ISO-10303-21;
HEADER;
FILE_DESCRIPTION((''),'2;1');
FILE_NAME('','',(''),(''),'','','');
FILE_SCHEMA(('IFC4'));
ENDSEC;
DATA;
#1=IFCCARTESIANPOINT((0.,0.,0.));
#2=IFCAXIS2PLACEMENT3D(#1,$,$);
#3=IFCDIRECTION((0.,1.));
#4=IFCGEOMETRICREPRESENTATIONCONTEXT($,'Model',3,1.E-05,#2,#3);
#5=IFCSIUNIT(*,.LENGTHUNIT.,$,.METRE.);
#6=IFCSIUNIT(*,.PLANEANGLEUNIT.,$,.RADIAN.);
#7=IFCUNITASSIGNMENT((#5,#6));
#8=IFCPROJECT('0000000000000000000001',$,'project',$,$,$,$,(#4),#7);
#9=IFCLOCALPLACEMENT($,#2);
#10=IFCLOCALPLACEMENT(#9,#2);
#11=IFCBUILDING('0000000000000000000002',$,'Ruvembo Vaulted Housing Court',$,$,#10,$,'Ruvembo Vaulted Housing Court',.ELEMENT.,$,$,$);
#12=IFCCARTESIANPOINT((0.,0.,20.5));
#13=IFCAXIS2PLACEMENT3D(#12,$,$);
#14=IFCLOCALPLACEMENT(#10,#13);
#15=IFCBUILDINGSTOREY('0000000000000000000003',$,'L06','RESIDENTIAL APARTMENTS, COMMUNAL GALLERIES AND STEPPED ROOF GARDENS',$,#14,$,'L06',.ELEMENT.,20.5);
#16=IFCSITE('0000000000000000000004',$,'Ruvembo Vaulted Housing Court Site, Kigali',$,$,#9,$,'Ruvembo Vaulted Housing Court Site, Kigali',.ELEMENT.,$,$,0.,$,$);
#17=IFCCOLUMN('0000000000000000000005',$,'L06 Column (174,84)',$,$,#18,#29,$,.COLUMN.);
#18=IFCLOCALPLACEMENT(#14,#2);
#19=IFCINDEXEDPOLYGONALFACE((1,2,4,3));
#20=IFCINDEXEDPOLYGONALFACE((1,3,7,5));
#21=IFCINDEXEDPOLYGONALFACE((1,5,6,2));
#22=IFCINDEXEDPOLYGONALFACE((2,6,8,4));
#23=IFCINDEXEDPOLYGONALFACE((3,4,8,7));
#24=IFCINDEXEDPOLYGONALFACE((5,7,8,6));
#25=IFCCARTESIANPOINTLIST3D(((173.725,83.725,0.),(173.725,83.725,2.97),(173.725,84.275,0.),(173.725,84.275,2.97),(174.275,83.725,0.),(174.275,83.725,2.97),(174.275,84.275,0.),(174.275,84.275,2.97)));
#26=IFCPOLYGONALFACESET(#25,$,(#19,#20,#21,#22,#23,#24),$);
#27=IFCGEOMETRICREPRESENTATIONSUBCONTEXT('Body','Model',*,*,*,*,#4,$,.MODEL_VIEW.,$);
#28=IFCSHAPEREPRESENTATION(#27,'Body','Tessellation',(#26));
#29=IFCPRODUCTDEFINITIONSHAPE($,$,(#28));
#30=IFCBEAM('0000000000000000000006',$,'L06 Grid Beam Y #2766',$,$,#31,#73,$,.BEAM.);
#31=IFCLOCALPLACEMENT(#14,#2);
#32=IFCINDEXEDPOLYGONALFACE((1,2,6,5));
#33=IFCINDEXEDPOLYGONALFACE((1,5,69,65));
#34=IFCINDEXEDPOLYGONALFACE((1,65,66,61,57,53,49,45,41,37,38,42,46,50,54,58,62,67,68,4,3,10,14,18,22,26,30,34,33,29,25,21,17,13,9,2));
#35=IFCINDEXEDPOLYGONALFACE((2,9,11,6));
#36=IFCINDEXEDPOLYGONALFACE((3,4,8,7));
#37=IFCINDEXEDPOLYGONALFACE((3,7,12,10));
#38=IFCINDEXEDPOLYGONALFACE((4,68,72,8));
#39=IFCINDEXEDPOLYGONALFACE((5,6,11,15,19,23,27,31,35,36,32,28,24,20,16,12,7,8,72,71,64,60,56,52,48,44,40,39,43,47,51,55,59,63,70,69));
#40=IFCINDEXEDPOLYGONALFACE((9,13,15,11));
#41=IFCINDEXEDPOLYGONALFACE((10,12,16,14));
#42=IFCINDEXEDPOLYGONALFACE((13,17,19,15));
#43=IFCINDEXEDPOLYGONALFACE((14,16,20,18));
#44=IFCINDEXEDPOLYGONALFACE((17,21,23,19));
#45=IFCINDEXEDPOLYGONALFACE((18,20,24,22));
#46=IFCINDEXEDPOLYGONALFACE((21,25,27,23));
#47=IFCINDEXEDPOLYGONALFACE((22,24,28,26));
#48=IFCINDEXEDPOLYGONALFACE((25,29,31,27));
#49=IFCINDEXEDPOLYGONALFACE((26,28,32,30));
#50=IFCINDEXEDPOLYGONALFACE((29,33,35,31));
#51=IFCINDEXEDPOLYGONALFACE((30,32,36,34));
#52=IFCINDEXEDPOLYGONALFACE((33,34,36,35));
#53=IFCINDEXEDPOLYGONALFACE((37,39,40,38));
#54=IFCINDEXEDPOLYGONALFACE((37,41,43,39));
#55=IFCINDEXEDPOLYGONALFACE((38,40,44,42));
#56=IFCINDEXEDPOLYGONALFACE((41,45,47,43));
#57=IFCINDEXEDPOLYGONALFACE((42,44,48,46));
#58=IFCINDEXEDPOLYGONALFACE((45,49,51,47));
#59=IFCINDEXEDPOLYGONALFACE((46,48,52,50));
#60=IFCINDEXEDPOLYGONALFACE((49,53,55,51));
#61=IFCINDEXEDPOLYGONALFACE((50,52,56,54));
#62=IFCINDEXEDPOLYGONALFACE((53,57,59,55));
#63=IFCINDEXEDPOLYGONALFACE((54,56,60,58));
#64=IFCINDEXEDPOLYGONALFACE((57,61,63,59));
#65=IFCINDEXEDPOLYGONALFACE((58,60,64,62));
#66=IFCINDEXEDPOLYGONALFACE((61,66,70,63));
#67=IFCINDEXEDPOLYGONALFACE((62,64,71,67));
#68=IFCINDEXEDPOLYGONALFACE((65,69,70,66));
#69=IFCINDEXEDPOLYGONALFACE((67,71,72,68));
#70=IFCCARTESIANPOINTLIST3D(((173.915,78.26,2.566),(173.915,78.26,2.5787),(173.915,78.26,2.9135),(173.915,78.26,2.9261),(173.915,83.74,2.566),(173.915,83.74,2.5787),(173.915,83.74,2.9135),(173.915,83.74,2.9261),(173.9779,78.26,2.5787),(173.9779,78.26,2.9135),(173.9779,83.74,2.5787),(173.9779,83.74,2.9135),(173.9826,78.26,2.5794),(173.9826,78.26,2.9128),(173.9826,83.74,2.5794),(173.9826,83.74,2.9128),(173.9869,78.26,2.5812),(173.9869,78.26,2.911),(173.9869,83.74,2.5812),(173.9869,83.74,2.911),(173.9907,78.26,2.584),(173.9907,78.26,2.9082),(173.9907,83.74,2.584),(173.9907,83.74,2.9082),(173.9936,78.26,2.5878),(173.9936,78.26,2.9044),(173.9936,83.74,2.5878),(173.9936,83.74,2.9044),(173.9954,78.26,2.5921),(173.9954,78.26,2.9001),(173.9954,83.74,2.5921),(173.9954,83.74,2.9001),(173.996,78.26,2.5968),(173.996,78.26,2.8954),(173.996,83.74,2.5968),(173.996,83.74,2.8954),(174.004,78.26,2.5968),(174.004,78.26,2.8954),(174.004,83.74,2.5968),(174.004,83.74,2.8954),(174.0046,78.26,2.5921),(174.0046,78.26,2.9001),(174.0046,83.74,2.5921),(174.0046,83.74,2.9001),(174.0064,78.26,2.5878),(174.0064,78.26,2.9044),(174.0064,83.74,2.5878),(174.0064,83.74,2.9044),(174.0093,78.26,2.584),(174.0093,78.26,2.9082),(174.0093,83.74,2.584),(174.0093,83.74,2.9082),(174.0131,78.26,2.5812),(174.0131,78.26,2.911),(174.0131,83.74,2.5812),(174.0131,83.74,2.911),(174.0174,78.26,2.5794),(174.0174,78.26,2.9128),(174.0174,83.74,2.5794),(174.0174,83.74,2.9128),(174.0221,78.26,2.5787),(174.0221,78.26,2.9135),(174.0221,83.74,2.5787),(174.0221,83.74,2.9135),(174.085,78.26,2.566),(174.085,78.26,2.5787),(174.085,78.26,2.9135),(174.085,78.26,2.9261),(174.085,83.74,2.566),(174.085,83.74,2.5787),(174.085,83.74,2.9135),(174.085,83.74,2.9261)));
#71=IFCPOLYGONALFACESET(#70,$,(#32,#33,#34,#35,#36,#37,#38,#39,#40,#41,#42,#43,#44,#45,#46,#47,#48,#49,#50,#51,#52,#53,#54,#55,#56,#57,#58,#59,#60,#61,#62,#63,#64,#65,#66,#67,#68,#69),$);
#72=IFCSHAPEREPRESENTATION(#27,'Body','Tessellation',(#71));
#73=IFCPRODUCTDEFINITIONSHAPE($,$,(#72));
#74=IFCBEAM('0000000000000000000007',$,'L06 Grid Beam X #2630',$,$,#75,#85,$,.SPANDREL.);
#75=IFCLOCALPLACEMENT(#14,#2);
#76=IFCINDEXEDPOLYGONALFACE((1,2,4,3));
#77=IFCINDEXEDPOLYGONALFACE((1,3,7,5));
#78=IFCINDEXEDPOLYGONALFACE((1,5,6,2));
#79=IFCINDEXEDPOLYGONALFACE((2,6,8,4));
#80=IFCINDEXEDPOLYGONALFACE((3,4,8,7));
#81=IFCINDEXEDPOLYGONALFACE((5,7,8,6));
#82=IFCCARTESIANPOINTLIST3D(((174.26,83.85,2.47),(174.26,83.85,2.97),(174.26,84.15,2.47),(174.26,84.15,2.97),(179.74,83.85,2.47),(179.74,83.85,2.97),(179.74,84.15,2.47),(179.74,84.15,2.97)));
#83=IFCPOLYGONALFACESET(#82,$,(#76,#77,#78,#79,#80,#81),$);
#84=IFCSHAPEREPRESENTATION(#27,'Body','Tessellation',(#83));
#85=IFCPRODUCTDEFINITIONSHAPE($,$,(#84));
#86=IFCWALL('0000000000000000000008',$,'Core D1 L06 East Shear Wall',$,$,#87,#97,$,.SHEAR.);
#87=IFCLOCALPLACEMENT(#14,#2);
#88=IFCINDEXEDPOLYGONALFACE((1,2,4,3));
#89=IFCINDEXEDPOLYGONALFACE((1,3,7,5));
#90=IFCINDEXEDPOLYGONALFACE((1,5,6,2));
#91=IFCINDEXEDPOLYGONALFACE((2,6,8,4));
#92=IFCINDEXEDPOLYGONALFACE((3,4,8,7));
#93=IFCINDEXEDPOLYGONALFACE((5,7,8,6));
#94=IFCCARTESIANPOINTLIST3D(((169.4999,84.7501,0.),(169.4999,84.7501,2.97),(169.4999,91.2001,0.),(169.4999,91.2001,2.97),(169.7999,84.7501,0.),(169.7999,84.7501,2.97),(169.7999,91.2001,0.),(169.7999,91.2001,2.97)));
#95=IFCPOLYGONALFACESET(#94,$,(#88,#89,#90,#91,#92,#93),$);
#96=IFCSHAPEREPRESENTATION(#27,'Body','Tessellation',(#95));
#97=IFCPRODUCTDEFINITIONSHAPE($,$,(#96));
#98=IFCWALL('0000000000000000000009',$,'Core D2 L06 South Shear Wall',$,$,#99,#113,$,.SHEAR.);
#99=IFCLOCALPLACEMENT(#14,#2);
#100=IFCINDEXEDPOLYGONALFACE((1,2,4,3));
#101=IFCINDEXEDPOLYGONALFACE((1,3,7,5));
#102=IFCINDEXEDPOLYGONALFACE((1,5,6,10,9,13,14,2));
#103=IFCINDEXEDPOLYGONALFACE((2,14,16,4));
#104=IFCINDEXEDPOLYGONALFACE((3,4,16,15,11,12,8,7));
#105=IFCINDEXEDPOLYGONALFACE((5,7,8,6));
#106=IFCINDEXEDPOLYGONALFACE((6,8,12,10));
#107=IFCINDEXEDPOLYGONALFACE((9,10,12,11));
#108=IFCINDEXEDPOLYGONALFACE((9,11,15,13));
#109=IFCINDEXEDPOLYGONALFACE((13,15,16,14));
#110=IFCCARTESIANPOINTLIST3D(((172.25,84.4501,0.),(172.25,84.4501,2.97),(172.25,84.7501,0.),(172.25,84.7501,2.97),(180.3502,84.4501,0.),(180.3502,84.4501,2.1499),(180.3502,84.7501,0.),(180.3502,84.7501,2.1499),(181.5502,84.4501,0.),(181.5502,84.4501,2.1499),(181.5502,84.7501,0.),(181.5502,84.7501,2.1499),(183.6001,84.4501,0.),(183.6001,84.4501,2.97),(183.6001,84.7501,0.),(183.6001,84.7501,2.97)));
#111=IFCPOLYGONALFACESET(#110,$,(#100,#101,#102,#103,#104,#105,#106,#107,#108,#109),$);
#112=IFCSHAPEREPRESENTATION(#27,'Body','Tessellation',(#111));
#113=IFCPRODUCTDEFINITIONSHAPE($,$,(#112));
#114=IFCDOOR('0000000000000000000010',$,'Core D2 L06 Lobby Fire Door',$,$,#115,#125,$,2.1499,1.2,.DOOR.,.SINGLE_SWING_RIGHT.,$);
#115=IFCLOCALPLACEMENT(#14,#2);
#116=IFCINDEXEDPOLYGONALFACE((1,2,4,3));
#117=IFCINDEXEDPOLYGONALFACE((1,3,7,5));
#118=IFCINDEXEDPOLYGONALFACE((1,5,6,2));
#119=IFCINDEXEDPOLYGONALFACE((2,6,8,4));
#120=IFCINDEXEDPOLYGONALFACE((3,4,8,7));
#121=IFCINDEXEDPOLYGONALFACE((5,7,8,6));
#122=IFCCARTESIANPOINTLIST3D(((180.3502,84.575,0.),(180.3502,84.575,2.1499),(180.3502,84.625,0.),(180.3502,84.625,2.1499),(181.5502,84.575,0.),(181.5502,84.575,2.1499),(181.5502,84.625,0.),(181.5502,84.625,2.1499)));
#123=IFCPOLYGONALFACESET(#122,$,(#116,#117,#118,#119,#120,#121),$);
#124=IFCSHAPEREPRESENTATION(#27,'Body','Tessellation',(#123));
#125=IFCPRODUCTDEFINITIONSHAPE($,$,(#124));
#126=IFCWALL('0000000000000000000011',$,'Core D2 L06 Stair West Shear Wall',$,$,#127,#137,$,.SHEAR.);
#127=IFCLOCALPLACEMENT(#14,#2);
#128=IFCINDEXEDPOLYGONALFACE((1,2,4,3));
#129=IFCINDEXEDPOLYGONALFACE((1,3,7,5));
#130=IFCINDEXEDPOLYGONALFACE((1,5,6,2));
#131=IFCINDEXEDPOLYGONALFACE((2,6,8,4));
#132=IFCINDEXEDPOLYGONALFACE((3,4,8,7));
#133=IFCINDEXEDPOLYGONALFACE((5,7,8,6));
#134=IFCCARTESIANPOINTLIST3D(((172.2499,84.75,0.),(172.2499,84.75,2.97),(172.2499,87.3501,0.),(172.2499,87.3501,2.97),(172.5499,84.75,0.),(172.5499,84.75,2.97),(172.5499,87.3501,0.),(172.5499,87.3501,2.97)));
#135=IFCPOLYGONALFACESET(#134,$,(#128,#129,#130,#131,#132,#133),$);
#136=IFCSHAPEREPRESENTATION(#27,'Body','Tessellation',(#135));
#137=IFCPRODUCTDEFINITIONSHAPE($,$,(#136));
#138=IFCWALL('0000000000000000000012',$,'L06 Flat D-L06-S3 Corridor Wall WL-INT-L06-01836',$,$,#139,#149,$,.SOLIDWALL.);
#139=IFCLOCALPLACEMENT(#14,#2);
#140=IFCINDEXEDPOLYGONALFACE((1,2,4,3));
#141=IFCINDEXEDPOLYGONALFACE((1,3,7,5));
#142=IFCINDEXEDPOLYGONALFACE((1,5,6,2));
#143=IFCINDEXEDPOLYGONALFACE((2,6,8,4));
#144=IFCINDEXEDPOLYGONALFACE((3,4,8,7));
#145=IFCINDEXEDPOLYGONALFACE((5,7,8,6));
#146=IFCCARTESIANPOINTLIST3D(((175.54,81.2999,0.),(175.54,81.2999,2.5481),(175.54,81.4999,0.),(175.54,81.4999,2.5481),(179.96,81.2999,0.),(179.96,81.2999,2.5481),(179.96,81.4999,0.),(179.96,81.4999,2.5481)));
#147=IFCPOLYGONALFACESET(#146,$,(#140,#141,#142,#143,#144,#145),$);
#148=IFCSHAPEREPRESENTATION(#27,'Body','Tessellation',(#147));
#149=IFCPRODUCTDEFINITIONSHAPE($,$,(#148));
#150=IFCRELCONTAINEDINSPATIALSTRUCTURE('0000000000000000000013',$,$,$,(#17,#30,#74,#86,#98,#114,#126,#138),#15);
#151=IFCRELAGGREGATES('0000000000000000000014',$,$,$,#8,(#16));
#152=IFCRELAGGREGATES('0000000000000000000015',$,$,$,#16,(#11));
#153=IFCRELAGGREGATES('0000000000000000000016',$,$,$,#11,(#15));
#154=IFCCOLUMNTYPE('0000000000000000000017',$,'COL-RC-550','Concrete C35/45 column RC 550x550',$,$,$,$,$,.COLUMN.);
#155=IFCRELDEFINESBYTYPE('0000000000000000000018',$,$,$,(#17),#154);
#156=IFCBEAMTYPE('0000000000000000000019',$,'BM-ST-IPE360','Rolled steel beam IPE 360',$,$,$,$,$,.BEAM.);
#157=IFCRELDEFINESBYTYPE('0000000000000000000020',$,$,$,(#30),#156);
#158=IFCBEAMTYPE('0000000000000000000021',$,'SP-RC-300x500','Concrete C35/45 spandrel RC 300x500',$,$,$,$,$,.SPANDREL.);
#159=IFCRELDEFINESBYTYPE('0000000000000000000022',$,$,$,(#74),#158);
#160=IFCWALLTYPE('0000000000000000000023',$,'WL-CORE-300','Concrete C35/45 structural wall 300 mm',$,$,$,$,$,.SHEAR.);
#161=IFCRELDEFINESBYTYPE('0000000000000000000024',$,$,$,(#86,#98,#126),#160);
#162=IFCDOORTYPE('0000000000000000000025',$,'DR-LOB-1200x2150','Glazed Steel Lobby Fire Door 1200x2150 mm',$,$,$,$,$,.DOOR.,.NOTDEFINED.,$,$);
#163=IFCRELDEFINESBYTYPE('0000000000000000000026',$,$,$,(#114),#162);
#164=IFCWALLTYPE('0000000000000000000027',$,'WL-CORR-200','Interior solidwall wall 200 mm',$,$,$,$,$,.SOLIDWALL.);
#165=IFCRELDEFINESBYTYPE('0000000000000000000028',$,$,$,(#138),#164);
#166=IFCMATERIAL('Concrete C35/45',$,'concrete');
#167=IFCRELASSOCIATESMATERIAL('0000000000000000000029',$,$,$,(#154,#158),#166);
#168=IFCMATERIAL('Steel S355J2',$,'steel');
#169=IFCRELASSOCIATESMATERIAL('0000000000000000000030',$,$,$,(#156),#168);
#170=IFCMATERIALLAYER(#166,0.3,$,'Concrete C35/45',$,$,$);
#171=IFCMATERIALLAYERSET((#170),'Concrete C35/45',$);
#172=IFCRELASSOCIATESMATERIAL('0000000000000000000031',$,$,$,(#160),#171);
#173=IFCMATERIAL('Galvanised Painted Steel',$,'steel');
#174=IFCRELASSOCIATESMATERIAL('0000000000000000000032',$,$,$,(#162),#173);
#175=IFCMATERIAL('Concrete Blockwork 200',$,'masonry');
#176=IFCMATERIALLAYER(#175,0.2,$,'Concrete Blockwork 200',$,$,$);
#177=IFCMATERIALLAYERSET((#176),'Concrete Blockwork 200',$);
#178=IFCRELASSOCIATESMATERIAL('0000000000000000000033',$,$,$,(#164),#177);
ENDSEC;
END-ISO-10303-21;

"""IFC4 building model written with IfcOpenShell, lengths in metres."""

from ifc_helpers import new_model, si_unit, direction, frame, frame_2d, origin, origin_2d, place, context, subcontext, project, spatial, rectangle, i_section, extrude, material, layer, layer_set, material_profile, profile_set, type_object, element, fill, save


model = new_model("IFC4")

# Units and contexts
model_context = context("Model", 3, precision=1e-05, world=origin(), true_north=direction((0.0, 1.0)))
body_context = subcontext(model_context, "Body", "Model", "MODEL_VIEW")
ifc_project = project(units=[si_unit("LENGTHUNIT", "METRE"), si_unit("PLANEANGLEUNIT", "RADIAN")], contexts=[model_context])

# Site, building, storey
site_placement = place(None, origin())
site = spatial("IfcSite", under=ifc_project, at=site_placement, Name="Ruvembo Vaulted Housing Court Site, Kigali", LongName="Ruvembo Vaulted Housing Court Site, Kigali", CompositionType="ELEMENT", RefElevation=0.0)
building_placement = place(site_placement, origin())
building = spatial("IfcBuilding", under=site, at=building_placement, Name="Ruvembo Vaulted Housing Court", LongName="Ruvembo Vaulted Housing Court", CompositionType="ELEMENT")
storey_placement = place(building_placement, frame((0.0, 0.0, 20.5)))
storey = spatial("IfcBuildingStorey", under=building, at=storey_placement, Name="L06", Description="RESIDENTIAL APARTMENTS, COMMUNAL GALLERIES AND STEPPED ROOF GARDENS", LongName="L06", CompositionType="ELEMENT", Elevation=20.5)

# Column
ifc_material_1 = material(Name="Concrete C35/45", Category="concrete")
ifc_material_profile_1 = material_profile(ifc_material_1, rectangle(XDim=0.55, YDim=0.55, at=origin_2d()), Name="RC 550x550")
ifc_profile_set_1 = profile_set([ifc_material_profile_1], Name="Concrete C35/45")
column_type = type_object("IfcColumnType", Name="COL-RC-550", Description="Concrete C35/45 column RC 550x550", PredefinedType="COLUMN", material=ifc_profile_set_1)
column_placement = place(storey_placement, frame((174.0, 84.0, 0.0), z_axis=(0.0, 0.0, 1.0), x_axis=(1.0, 0.0, 0.0)))
element("IfcColumn", 1, at=column_placement, inside=storey, type_object=column_type, Name="L06 Column (174,84)", PredefinedType="COLUMN", context=body_context, shape_type="SweptSolid", body=[
    extrude(rectangle(XDim=0.55, YDim=0.55, at=origin_2d()), origin(), (0.0, 0.0, 1.0), 2.97),
])

# Beams
ifc_material_2 = material(Name="Steel S355J2", Category="steel")
ifc_material_profile_2 = material_profile(ifc_material_2, i_section(OverallWidth=0.1699, OverallDepth=0.3601, WebThickness=0.0081, FlangeThickness=0.0127, FilletRadius=0.0181, at=origin_2d()), Name="IPE 360")
ifc_profile_set_2 = profile_set([ifc_material_profile_2], Name="Steel S355J2")
beam_type_1 = type_object("IfcBeamType", Name="BM-ST-IPE360", Description="Rolled steel beam IPE 360", PredefinedType="BEAM", material=ifc_profile_set_2)
beam_1_placement = place(storey_placement, frame((174.0, 78.26, 2.7461), z_axis=(0.0, 1.0, 0.0), x_axis=(-1.0, 0.0, 0.0)))
element("IfcBeam", 2, at=beam_1_placement, inside=storey, type_object=beam_type_1, Name="L06 Grid Beam Y #2766", PredefinedType="BEAM", context=body_context, shape_type="SweptSolid", body=[
    extrude(i_section(OverallWidth=0.1699, OverallDepth=0.3601, WebThickness=0.0081, FlangeThickness=0.0127, FilletRadius=0.0181, at=origin_2d()), origin(), (0.0, 0.0, 1.0), 5.48),
])
ifc_material_profile_3 = material_profile(ifc_material_1, rectangle(XDim=0.3, YDim=0.5, at=origin_2d()), Name="RC 300x500")
ifc_profile_set_3 = profile_set([ifc_material_profile_3], Name="Concrete C35/45")
beam_type_2 = type_object("IfcBeamType", Name="SP-RC-300x500", Description="Concrete C35/45 spandrel RC 300x500", PredefinedType="SPANDREL", material=ifc_profile_set_3)
beam_2_placement = place(storey_placement, frame((174.26, 84.0, 2.72), z_axis=(1.0, 0.0, 0.0), x_axis=(0.0, 1.0, 0.0)))
element("IfcBeam", 3, at=beam_2_placement, inside=storey, type_object=beam_type_2, Name="L06 Grid Beam X #2630", PredefinedType="SPANDREL", context=body_context, shape_type="SweptSolid", body=[
    extrude(rectangle(XDim=0.3, YDim=0.5, at=origin_2d()), origin(), (0.0, 0.0, 1.0), 5.48),
])

# Wall
ifc_layer_1 = layer(ifc_material_1, 0.3, Name="Concrete C35/45")
ifc_layer_set_1 = layer_set([ifc_layer_1], Name="Concrete C35/45")
wall_type_1 = type_object("IfcWallType", Name="WL-CORE-300", Description="Concrete C35/45 structural wall 300 mm", PredefinedType="SHEAR", material=ifc_layer_set_1)
wall_1_placement = place(storey_placement, frame((169.6499, 84.75, 0.0), z_axis=(0.0, 0.0, 1.0), x_axis=(0.0, 1.0, 0.0)))
element("IfcWall", 4, at=wall_1_placement, inside=storey, type_object=wall_type_1, Name="Core D1 L06 East Shear Wall", PredefinedType="SHEAR", context=body_context, shape_type="SweptSolid", body=[
    extrude(rectangle(XDim=6.45, YDim=0.3, at=frame_2d((3.2251, 0.0))), origin(), (0.0, 0.0, 1.0), 2.97),
])

# Wall, opening, door
wall_2_placement = place(storey_placement, frame((172.25, 84.6001, 0.0), z_axis=(0.0, 0.0, 1.0), x_axis=(1.0, 0.0, 0.0)))
wall_2 = element("IfcWall", 5, at=wall_2_placement, inside=storey, type_object=wall_type_1, Name="Core D2 L06 South Shear Wall", PredefinedType="SHEAR", context=body_context, shape_type="SweptSolid", body=[
    extrude(rectangle(XDim=11.3501, YDim=0.3, at=frame_2d((5.675, 0.0))), origin(), (0.0, 0.0, 1.0), 2.97),
])
opening_1_placement = place(wall_2_placement, frame((8.1001, 0.0, 0.0)))
opening_1 = element("IfcOpeningElement", 6, at=opening_1_placement, cuts=wall_2, PredefinedType="OPENING", context=body_context, shape_type="SweptSolid", body=[
    extrude(rectangle(XDim=1.2, YDim=2.1499, at=frame_2d((0.6001, 1.075))), frame((0.0, 0.1599, 0.0), z_axis=(0.0, -1.0, 0.0), x_axis=(1.0, 0.0, 0.0)), (0.0, 0.0, 1.0), 0.3201),
])
ifc_material_3 = material(Name="Galvanised Painted Steel", Category="steel")
door_type_1 = type_object("IfcDoorType", Name="DR-LOB-1200x2150", Description="Glazed Steel Lobby Fire Door 1200x2150 mm", OperationType="NOTDEFINED", PredefinedType="DOOR", material=ifc_material_3)
door_1_placement = place(opening_1_placement, origin())
door_1 = element("IfcDoor", 7, at=door_1_placement, inside=storey, type_object=door_type_1, Name="Core D2 L06 Lobby Fire Door", OperationType="SINGLE_SWING_RIGHT", OverallHeight=2.1499, OverallWidth=1.2, PredefinedType="DOOR", context=body_context, shape_type="SweptSolid", body=[
    extrude(rectangle(XDim=1.2, YDim=2.1499, at=frame_2d((0.6001, 1.075))), frame((0.0, 0.0249, 0.0), z_axis=(0.0, -1.0, 0.0), x_axis=(1.0, 0.0, 0.0)), (0.0, 0.0, 1.0), 0.05),
])
fill(opening_1, door_1)

# Wall
wall_3_placement = place(storey_placement, frame((172.3999, 87.3501, 0.0), z_axis=(0.0, 0.0, 1.0), x_axis=(0.0, -1.0, 0.0)))
element("IfcWall", 8, at=wall_3_placement, inside=storey, type_object=wall_type_1, Name="Core D2 L06 Stair West Shear Wall", PredefinedType="SHEAR", context=body_context, shape_type="SweptSolid", body=[
    extrude(rectangle(XDim=2.6001, YDim=0.3, at=frame_2d((1.3, 0.0))), origin(), (0.0, 0.0, 1.0), 2.97),
])

# Shared definitions
ifc_material_4 = material(Name="Concrete Blockwork 200", Category="masonry")
ifc_layer_2 = layer(ifc_material_4, 0.2, Name="Concrete Blockwork 200")
ifc_layer_set_2 = layer_set([ifc_layer_2], Name="Concrete Blockwork 200")
wall_type_2 = type_object("IfcWallType", Name="WL-CORR-200", Description="Interior solidwall wall 200 mm", PredefinedType="SOLIDWALL", material=ifc_layer_set_2)

# Wall
wall_4_placement = place(storey_placement, frame((175.54, 81.3999, 0.0), z_axis=(0.0, 0.0, 1.0), x_axis=(1.0, 0.0, 0.0)))
element("IfcWall", 9, at=wall_4_placement, inside=storey, type_object=wall_type_2, Name="L06 Flat D-L06-S3 Corridor Wall WL-INT-L06-01836", PredefinedType="SOLIDWALL", context=body_context, shape_type="SweptSolid", body=[
    extrude(rectangle(XDim=4.4199, YDim=0.2, at=frame_2d((2.21, 0.0))), origin(), (0.0, 0.0, 1.0), 2.5481),
])

save(model, "model.ifc")
